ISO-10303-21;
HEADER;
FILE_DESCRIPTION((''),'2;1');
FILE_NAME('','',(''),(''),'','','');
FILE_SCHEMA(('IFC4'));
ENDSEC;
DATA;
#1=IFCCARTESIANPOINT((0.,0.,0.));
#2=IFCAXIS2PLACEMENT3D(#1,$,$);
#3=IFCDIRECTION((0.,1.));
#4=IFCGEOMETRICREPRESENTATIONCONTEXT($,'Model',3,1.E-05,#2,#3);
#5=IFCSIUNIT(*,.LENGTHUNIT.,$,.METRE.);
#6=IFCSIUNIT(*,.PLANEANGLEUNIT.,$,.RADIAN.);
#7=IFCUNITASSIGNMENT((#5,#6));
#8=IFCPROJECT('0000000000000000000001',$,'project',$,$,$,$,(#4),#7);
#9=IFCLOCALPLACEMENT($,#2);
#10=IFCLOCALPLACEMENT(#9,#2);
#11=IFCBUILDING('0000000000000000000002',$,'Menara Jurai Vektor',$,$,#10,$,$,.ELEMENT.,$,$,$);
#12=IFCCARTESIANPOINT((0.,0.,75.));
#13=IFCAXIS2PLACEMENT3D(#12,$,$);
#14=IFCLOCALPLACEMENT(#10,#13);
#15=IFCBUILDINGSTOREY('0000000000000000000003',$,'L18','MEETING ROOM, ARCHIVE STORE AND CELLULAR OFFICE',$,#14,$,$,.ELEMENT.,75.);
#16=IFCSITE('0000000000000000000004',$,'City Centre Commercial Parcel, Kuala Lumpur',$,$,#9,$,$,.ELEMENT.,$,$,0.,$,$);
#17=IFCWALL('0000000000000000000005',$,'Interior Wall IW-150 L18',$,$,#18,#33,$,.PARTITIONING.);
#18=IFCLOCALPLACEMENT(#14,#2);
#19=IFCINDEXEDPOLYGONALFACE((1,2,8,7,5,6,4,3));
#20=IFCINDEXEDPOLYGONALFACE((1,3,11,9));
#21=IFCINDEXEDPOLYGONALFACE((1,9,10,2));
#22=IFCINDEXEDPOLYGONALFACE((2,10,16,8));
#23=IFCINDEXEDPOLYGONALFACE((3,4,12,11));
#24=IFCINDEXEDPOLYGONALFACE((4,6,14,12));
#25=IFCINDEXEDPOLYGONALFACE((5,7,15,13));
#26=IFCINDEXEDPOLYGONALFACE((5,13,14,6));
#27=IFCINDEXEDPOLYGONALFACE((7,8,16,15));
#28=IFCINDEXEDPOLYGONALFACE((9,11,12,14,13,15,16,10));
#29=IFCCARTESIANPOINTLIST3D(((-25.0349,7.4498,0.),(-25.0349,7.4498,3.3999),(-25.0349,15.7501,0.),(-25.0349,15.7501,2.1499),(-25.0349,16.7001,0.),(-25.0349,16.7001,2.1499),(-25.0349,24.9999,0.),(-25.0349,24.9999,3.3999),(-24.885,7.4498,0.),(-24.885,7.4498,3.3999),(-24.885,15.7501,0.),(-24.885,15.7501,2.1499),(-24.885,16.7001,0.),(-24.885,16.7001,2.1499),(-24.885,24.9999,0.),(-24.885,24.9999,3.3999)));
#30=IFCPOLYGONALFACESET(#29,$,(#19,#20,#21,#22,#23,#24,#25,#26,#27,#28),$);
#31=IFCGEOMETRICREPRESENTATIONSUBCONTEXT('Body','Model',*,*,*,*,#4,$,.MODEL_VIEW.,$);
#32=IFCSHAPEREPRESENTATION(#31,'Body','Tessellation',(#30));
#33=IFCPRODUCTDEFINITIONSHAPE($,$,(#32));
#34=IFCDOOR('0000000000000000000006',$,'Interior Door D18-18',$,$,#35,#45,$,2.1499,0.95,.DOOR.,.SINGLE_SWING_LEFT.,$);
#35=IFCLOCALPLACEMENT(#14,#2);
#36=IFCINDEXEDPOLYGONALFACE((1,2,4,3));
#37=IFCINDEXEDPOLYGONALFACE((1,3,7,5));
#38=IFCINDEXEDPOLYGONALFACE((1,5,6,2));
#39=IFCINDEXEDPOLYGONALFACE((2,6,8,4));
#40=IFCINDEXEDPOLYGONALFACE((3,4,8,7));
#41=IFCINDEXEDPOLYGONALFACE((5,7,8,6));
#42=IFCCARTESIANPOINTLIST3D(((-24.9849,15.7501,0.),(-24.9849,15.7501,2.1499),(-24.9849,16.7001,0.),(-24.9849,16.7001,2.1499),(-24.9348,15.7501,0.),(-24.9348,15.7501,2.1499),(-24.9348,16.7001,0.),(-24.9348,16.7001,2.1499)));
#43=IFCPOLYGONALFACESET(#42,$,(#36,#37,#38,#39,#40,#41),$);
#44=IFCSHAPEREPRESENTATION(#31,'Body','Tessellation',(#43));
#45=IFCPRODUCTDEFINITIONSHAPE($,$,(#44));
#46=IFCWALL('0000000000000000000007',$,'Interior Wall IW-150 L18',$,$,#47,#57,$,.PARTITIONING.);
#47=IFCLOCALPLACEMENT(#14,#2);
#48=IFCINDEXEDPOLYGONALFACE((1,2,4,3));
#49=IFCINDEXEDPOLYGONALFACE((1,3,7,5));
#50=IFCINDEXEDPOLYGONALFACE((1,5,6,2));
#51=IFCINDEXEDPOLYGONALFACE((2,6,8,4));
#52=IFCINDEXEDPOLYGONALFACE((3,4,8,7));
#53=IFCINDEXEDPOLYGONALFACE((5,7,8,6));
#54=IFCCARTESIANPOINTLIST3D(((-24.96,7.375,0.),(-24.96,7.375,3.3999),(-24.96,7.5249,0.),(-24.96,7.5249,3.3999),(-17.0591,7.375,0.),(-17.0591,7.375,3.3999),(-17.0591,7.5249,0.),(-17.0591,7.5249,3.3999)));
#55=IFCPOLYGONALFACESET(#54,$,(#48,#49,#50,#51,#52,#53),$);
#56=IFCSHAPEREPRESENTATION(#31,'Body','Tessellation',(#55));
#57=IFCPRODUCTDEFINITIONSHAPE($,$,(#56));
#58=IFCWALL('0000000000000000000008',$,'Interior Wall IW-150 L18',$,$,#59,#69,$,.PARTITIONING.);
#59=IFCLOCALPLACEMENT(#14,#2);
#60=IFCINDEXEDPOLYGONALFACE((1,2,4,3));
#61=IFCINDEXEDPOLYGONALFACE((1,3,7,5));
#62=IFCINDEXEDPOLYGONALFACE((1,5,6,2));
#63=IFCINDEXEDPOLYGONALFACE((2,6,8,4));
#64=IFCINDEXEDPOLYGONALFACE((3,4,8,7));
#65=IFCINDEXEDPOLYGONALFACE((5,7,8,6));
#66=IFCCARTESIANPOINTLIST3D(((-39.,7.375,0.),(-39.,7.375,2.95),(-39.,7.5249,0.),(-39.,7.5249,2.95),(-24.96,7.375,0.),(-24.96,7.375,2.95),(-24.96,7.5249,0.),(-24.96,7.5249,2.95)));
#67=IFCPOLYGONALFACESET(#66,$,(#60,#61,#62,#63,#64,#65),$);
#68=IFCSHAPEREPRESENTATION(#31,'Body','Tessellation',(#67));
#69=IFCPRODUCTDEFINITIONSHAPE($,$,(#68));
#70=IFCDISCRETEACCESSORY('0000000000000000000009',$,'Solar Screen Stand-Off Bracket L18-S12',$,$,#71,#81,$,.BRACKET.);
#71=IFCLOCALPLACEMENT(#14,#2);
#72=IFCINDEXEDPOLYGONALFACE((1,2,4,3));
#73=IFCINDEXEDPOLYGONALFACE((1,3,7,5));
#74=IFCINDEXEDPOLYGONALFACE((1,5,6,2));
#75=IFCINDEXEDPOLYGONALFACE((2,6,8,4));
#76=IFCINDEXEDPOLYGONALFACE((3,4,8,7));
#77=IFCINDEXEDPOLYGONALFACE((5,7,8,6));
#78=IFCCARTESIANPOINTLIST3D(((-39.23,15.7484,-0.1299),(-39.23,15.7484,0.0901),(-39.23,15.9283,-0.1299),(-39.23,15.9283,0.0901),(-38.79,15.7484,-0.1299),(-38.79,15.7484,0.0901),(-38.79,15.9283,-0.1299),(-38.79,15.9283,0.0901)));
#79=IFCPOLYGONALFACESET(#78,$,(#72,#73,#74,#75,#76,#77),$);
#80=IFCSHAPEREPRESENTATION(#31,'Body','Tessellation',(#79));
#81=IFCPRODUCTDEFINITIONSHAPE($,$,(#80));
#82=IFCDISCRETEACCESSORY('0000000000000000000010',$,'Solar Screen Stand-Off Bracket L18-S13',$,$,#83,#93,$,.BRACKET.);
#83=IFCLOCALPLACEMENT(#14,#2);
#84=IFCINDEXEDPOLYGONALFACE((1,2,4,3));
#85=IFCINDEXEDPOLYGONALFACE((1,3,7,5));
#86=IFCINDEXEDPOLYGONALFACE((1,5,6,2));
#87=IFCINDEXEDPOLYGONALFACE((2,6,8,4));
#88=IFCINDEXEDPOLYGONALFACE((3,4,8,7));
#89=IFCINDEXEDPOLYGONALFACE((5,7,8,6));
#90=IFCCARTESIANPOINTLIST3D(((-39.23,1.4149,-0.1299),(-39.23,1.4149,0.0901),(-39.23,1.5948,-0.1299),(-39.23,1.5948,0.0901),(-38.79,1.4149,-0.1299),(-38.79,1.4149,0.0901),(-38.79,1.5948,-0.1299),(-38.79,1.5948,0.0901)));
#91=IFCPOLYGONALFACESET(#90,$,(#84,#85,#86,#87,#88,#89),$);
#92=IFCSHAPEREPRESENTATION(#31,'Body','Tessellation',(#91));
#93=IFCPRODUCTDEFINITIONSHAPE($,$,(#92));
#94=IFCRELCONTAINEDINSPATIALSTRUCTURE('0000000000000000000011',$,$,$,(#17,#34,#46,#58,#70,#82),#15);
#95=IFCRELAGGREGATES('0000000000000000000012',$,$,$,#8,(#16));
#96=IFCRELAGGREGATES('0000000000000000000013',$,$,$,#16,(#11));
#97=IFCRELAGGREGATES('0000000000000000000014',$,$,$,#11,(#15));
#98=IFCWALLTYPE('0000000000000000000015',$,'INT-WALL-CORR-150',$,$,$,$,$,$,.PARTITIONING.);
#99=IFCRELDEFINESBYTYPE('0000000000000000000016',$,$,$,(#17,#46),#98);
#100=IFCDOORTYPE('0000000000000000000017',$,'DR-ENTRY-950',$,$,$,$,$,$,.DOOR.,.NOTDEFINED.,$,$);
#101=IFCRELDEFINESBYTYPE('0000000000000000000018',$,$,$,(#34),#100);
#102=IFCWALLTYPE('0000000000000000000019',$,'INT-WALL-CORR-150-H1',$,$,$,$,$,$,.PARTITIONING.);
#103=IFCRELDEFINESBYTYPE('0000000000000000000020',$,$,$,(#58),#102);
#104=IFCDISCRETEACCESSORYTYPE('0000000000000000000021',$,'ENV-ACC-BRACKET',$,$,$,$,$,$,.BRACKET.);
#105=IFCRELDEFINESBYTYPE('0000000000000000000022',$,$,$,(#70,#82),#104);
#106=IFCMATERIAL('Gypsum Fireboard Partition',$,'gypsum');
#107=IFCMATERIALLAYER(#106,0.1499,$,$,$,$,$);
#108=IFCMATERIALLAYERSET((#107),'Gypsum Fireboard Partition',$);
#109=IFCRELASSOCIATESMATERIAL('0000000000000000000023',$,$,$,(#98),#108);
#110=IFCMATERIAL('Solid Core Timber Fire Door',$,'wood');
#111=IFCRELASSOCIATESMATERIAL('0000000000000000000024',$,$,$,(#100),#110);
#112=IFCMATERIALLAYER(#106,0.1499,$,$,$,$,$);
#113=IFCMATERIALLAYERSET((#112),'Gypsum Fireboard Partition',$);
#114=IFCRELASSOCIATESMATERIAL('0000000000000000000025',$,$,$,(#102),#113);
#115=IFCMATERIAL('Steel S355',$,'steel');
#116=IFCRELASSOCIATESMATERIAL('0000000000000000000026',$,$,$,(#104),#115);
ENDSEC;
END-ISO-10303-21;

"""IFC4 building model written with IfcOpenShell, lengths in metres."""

from ifc_helpers import new_model, si_unit, direction, frame, frame_2d, origin, origin_2d, place, context, subcontext, project, spatial, rectangle, extrude, material, layer, layer_set, type_object, element, fill, save


model = new_model("IFC4")

# Units and contexts
model_context = context("Model", 3, precision=1e-05, world=origin(), true_north=direction((0.0, 1.0)))
body_context = subcontext(model_context, "Body", "Model", "MODEL_VIEW")
ifc_project = project(units=[si_unit("LENGTHUNIT", "METRE"), si_unit("PLANEANGLEUNIT", "RADIAN")], contexts=[model_context])

# Site, building, storey
site_placement = place(None, origin())
site = spatial("IfcSite", under=ifc_project, at=site_placement, Name="City Centre Commercial Parcel, Kuala Lumpur", CompositionType="ELEMENT", RefElevation=0.0)
building_placement = place(site_placement, origin())
building = spatial("IfcBuilding", under=site, at=building_placement, Name="Menara Jurai Vektor", CompositionType="ELEMENT")
storey_placement = place(building_placement, frame((0.0, 0.0, 75.0)))
storey = spatial("IfcBuildingStorey", under=building, at=storey_placement, Name="L18", Description="MEETING ROOM, ARCHIVE STORE AND CELLULAR OFFICE", CompositionType="ELEMENT", Elevation=75.0)

# Shared definitions
ifc_material_1 = material(Name="Steel S355", Category="steel")

# Wall, opening, door
ifc_material_2 = material(Name="Gypsum Fireboard Partition", Category="gypsum")
ifc_layer_1 = layer(ifc_material_2, 0.1499)
ifc_layer_set_1 = layer_set([ifc_layer_1], Name="Gypsum Fireboard Partition")
wall_type_1 = type_object("IfcWallType", Name="INT-WALL-CORR-150", PredefinedType="PARTITIONING", material=ifc_layer_set_1)
ifc_material_3 = material(Name="Solid Core Timber Fire Door", Category="wood")
door_type = type_object("IfcDoorType", Name="DR-ENTRY-950", OperationType="NOTDEFINED", PredefinedType="DOOR", material=ifc_material_3)
wall_1_placement = place(storey_placement, frame((-24.96, 7.45, 0.0), z_axis=(0.0, 0.0, 1.0), x_axis=(0.0, 1.0, 0.0)))
wall_1 = element("IfcWall", 1, at=wall_1_placement, inside=storey, type_object=wall_type_1, Name="Interior Wall IW-150 L18", PredefinedType="PARTITIONING", context=body_context, shape_type="SweptSolid", body=[
    extrude(rectangle(XDim=17.55, YDim=0.1499, at=frame_2d((8.7749, 0.0))), origin(), (0.0, 0.0, 1.0), 3.3999),
])
opening_1_placement = place(wall_1_placement, frame((8.3, 0.0, 0.0)))
opening_1 = element("IfcOpeningElement", 2, at=opening_1_placement, cuts=wall_1, PredefinedType="OPENING", context=body_context, shape_type="SweptSolid", body=[
    extrude(rectangle(XDim=0.95, YDim=2.1499, at=frame_2d((0.4751, 1.075))), frame((0.0, 0.085, 0.0), z_axis=(0.0, -1.0, 0.0), x_axis=(1.0, 0.0, 0.0)), (0.0, 0.0, 1.0), 0.1699),
])
door_1_placement = place(opening_1_placement, origin())
door_1 = element("IfcDoor", 3, at=door_1_placement, inside=storey, type_object=door_type, Name="Interior Door D18-18", OperationType="SINGLE_SWING_LEFT", OverallHeight=2.1499, OverallWidth=0.95, PredefinedType="DOOR", context=body_context, shape_type="SweptSolid", body=[
    extrude(rectangle(XDim=0.95, YDim=2.1499, at=frame_2d((0.4751, 1.075))), frame((0.0, 0.0249, 0.0), z_axis=(0.0, -1.0, 0.0), x_axis=(1.0, 0.0, 0.0)), (0.0, 0.0, 1.0), 0.05),
])
fill(opening_1, door_1)

# Walls
wall_2_placement = place(storey_placement, frame((-24.96, 7.45, 0.0), z_axis=(0.0, 0.0, 1.0), x_axis=(1.0, 0.0, 0.0)))
element("IfcWall", 4, at=wall_2_placement, inside=storey, type_object=wall_type_1, Name="Interior Wall IW-150 L18", PredefinedType="PARTITIONING", context=body_context, shape_type="SweptSolid", body=[
    extrude(rectangle(XDim=7.9009, YDim=0.1499, at=frame_2d((3.9504, 0.0))), origin(), (0.0, 0.0, 1.0), 3.3999),
])
ifc_layer_2 = layer(ifc_material_2, 0.1499)
ifc_layer_set_2 = layer_set([ifc_layer_2], Name="Gypsum Fireboard Partition")
wall_type_2 = type_object("IfcWallType", Name="INT-WALL-CORR-150-H1", PredefinedType="PARTITIONING", material=ifc_layer_set_2)
wall_3_placement = place(storey_placement, frame((-39.0, 7.45, 0.0), z_axis=(0.0, 0.0, 1.0), x_axis=(1.0, 0.0, 0.0)))
element("IfcWall", 5, at=wall_3_placement, inside=storey, type_object=wall_type_2, Name="Interior Wall IW-150 L18", PredefinedType="PARTITIONING", context=body_context, shape_type="SweptSolid", body=[
    extrude(rectangle(XDim=14.04, YDim=0.1499, at=frame_2d((7.02, 0.0))), origin(), (0.0, 0.0, 1.0), 2.95),
])

# Discrete accessories
discrete_accessory_type = type_object("IfcDiscreteAccessoryType", Name="ENV-ACC-BRACKET", PredefinedType="BRACKET", material=ifc_material_1)
for number, where, z_axis, x_axis, name in (
    (6, (-39.01, 15.8384, -0.1299), (0.0, 0.0, 1.0), (0.0, -1.0, 0.0), "Solar Screen Stand-Off Bracket L18-S12"),
    (7, (-39.01, 1.5049, -0.1299), (0.0, 0.0, 1.0), (0.0, -1.0, 0.0), "Solar Screen Stand-Off Bracket L18-S13"),
):
    element("IfcDiscreteAccessory", number, at=place(storey_placement, frame(where, z_axis=z_axis, x_axis=x_axis)), inside=storey, type_object=discrete_accessory_type, Name=name, PredefinedType="BRACKET", context=body_context, shape_type="SweptSolid", body=[
        extrude(rectangle(XDim=0.1799, YDim=0.4399, at=origin_2d()), origin(), (0.0, 0.0, 1.0), 0.22),
    ])

save(model, "model.ifc")
